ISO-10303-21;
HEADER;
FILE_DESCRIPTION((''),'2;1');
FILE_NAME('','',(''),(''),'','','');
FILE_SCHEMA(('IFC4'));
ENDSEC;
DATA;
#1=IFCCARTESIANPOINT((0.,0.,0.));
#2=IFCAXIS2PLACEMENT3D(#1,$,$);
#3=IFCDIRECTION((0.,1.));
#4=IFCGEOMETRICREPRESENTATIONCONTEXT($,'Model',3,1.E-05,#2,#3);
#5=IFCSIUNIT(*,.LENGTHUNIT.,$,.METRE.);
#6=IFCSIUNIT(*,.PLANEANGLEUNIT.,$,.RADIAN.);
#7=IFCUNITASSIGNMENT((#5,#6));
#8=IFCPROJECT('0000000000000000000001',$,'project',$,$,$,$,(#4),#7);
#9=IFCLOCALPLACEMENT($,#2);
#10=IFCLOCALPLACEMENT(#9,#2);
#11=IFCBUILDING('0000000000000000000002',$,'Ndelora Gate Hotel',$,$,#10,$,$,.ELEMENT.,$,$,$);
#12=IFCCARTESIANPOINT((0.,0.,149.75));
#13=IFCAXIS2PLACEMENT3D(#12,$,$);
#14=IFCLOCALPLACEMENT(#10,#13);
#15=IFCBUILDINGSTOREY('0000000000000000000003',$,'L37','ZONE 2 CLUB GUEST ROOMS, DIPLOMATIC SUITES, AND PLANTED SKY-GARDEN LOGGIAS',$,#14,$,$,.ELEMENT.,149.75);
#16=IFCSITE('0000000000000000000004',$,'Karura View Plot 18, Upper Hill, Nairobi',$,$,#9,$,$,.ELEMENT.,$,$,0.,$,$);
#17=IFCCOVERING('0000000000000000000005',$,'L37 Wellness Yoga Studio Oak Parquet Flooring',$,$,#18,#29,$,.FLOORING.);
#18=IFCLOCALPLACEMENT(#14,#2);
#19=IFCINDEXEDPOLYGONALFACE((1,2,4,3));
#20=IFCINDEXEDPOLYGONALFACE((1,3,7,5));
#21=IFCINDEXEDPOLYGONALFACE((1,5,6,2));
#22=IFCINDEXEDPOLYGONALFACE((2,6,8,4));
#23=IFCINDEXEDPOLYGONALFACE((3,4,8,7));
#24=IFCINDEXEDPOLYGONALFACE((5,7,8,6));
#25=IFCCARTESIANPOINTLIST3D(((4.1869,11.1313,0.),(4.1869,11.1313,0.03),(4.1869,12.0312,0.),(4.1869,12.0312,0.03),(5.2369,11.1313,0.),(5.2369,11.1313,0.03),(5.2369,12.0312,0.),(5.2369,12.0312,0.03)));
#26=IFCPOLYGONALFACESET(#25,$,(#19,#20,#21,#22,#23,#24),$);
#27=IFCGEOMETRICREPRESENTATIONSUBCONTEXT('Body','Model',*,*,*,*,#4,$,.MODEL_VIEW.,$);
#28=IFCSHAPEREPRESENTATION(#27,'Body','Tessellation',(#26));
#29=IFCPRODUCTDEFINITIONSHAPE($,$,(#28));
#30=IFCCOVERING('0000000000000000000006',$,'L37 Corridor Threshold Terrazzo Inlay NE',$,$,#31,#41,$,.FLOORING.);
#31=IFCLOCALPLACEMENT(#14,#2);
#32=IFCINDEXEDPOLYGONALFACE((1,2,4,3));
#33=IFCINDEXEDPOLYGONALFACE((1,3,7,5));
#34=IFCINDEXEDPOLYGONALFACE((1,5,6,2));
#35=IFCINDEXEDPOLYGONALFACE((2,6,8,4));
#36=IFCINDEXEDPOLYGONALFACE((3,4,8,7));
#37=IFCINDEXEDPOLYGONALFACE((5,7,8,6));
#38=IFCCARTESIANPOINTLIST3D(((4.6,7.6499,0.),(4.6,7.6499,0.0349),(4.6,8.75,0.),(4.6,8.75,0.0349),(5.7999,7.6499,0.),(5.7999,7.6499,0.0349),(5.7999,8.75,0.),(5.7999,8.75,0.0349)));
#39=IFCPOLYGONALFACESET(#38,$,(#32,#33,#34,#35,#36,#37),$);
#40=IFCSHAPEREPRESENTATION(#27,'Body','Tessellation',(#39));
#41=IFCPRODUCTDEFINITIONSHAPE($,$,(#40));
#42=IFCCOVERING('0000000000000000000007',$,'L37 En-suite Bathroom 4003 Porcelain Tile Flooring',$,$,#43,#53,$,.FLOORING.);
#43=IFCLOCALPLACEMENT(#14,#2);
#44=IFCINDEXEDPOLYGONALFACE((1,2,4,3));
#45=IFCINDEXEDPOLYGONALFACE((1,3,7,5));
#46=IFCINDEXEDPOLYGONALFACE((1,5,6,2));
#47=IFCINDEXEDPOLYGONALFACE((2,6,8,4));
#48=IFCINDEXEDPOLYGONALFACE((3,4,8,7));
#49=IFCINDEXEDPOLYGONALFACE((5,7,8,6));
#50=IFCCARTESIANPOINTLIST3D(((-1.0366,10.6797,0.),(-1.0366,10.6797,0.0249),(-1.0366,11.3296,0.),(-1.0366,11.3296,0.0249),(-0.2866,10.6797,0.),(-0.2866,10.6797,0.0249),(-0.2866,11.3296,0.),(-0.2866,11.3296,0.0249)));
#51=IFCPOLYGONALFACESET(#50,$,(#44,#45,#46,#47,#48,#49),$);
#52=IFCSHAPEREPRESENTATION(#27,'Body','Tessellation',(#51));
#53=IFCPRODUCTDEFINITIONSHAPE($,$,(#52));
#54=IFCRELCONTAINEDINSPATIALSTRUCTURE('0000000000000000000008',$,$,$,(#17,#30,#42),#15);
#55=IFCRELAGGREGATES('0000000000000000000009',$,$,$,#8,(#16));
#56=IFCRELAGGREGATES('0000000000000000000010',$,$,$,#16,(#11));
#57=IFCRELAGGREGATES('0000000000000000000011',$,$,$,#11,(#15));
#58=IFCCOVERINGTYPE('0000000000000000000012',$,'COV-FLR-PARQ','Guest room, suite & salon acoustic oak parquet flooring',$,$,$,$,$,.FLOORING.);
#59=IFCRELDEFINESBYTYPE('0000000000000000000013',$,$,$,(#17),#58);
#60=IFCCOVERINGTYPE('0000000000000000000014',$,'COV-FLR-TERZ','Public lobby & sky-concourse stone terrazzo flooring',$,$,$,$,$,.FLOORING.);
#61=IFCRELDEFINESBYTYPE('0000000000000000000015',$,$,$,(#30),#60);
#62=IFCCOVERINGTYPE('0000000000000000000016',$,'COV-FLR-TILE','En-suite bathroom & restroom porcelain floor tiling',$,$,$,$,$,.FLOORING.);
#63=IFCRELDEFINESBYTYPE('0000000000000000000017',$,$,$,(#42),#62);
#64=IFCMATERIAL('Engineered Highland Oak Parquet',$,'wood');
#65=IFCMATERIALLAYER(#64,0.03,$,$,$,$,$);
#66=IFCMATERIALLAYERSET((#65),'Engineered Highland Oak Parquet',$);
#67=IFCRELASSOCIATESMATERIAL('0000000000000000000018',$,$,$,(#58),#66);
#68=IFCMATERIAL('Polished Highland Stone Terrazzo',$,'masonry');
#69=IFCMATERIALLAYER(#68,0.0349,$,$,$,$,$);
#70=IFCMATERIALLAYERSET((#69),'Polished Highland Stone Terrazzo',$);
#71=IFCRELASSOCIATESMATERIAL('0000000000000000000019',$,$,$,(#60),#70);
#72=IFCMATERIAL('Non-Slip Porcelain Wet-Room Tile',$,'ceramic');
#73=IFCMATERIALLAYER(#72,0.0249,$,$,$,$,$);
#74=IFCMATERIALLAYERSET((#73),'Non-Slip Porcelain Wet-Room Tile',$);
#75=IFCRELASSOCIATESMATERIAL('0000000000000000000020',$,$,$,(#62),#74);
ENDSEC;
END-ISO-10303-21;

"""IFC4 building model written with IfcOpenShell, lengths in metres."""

from ifc_helpers import new_model, si_unit, direction, frame, origin, origin_2d, place, context, subcontext, project, spatial, rectangle, extrude, material, layer, layer_set, type_object, element, save


model = new_model("IFC4")

# Units and contexts
model_context = context("Model", 3, precision=1e-05, world=origin(), true_north=direction((0.0, 1.0)))
body_context = subcontext(model_context, "Body", "Model", "MODEL_VIEW")
ifc_project = project(units=[si_unit("LENGTHUNIT", "METRE"), si_unit("PLANEANGLEUNIT", "RADIAN")], contexts=[model_context])

# Site, building, storey
site_placement = place(None, origin())
site = spatial("IfcSite", under=ifc_project, at=site_placement, Name="Karura View Plot 18, Upper Hill, Nairobi", CompositionType="ELEMENT", RefElevation=0.0)
building_placement = place(site_placement, origin())
building = spatial("IfcBuilding", under=site, at=building_placement, Name="Ndelora Gate Hotel", CompositionType="ELEMENT")
storey_placement = place(building_placement, frame((0.0, 0.0, 149.75)))
storey = spatial("IfcBuildingStorey", under=building, at=storey_placement, Name="L37", Description="ZONE 2 CLUB GUEST ROOMS, DIPLOMATIC SUITES, AND PLANTED SKY-GARDEN LOGGIAS", CompositionType="ELEMENT", Elevation=149.75)

# Coverings
ifc_material_1 = material(Name="Engineered Highland Oak Parquet", Category="wood")
ifc_layer_1 = layer(ifc_material_1, 0.03)
ifc_layer_set_1 = layer_set([ifc_layer_1], Name="Engineered Highland Oak Parquet")
covering_type_1 = type_object("IfcCoveringType", Name="COV-FLR-PARQ", Description="Guest room, suite & salon acoustic oak parquet flooring", PredefinedType="FLOORING", material=ifc_layer_set_1)
covering_1_placement = place(storey_placement, frame((4.7119, 11.5813, 0.0), z_axis=(0.0, 0.0, 1.0), x_axis=(1.0, 0.0, 0.0)))
element("IfcCovering", 1, at=covering_1_placement, inside=storey, type_object=covering_type_1, Name="L37 Wellness Yoga Studio Oak Parquet Flooring", PredefinedType="FLOORING", context=body_context, shape_type="SweptSolid", body=[
    extrude(rectangle(XDim=1.05, YDim=0.8999, at=origin_2d()), origin(), (0.0, 0.0, 1.0), 0.03),
])
ifc_material_2 = material(Name="Polished Highland Stone Terrazzo", Category="masonry")
ifc_layer_2 = layer(ifc_material_2, 0.0349)
ifc_layer_set_2 = layer_set([ifc_layer_2], Name="Polished Highland Stone Terrazzo")
covering_type_2 = type_object("IfcCoveringType", Name="COV-FLR-TERZ", Description="Public lobby & sky-concourse stone terrazzo flooring", PredefinedType="FLOORING", material=ifc_layer_set_2)
covering_2_placement = place(storey_placement, frame((5.2, 8.2, 0.0), z_axis=(0.0, 0.0, 1.0), x_axis=(1.0, 0.0, 0.0)))
element("IfcCovering", 2, at=covering_2_placement, inside=storey, type_object=covering_type_2, Name="L37 Corridor Threshold Terrazzo Inlay NE", PredefinedType="FLOORING", context=body_context, shape_type="SweptSolid", body=[
    extrude(rectangle(XDim=1.2, YDim=1.1001, at=origin_2d()), origin(), (0.0, 0.0, 1.0), 0.0349),
])
ifc_material_3 = material(Name="Non-Slip Porcelain Wet-Room Tile", Category="ceramic")
ifc_layer_3 = layer(ifc_material_3, 0.0249)
ifc_layer_set_3 = layer_set([ifc_layer_3], Name="Non-Slip Porcelain Wet-Room Tile")
covering_type_3 = type_object("IfcCoveringType", Name="COV-FLR-TILE", Description="En-suite bathroom & restroom porcelain floor tiling", PredefinedType="FLOORING", material=ifc_layer_set_3)
covering_3_placement = place(storey_placement, frame((-0.6616, 11.0046, 0.0), z_axis=(0.0, 0.0, 1.0), x_axis=(1.0, 0.0, 0.0)))
element("IfcCovering", 3, at=covering_3_placement, inside=storey, type_object=covering_type_3, Name="L37 En-suite Bathroom 4003 Porcelain Tile Flooring", PredefinedType="FLOORING", context=body_context, shape_type="SweptSolid", body=[
    extrude(rectangle(XDim=0.75, YDim=0.6499, at=origin_2d()), origin(), (0.0, 0.0, 1.0), 0.0249),
])

save(model, "model.ifc")
